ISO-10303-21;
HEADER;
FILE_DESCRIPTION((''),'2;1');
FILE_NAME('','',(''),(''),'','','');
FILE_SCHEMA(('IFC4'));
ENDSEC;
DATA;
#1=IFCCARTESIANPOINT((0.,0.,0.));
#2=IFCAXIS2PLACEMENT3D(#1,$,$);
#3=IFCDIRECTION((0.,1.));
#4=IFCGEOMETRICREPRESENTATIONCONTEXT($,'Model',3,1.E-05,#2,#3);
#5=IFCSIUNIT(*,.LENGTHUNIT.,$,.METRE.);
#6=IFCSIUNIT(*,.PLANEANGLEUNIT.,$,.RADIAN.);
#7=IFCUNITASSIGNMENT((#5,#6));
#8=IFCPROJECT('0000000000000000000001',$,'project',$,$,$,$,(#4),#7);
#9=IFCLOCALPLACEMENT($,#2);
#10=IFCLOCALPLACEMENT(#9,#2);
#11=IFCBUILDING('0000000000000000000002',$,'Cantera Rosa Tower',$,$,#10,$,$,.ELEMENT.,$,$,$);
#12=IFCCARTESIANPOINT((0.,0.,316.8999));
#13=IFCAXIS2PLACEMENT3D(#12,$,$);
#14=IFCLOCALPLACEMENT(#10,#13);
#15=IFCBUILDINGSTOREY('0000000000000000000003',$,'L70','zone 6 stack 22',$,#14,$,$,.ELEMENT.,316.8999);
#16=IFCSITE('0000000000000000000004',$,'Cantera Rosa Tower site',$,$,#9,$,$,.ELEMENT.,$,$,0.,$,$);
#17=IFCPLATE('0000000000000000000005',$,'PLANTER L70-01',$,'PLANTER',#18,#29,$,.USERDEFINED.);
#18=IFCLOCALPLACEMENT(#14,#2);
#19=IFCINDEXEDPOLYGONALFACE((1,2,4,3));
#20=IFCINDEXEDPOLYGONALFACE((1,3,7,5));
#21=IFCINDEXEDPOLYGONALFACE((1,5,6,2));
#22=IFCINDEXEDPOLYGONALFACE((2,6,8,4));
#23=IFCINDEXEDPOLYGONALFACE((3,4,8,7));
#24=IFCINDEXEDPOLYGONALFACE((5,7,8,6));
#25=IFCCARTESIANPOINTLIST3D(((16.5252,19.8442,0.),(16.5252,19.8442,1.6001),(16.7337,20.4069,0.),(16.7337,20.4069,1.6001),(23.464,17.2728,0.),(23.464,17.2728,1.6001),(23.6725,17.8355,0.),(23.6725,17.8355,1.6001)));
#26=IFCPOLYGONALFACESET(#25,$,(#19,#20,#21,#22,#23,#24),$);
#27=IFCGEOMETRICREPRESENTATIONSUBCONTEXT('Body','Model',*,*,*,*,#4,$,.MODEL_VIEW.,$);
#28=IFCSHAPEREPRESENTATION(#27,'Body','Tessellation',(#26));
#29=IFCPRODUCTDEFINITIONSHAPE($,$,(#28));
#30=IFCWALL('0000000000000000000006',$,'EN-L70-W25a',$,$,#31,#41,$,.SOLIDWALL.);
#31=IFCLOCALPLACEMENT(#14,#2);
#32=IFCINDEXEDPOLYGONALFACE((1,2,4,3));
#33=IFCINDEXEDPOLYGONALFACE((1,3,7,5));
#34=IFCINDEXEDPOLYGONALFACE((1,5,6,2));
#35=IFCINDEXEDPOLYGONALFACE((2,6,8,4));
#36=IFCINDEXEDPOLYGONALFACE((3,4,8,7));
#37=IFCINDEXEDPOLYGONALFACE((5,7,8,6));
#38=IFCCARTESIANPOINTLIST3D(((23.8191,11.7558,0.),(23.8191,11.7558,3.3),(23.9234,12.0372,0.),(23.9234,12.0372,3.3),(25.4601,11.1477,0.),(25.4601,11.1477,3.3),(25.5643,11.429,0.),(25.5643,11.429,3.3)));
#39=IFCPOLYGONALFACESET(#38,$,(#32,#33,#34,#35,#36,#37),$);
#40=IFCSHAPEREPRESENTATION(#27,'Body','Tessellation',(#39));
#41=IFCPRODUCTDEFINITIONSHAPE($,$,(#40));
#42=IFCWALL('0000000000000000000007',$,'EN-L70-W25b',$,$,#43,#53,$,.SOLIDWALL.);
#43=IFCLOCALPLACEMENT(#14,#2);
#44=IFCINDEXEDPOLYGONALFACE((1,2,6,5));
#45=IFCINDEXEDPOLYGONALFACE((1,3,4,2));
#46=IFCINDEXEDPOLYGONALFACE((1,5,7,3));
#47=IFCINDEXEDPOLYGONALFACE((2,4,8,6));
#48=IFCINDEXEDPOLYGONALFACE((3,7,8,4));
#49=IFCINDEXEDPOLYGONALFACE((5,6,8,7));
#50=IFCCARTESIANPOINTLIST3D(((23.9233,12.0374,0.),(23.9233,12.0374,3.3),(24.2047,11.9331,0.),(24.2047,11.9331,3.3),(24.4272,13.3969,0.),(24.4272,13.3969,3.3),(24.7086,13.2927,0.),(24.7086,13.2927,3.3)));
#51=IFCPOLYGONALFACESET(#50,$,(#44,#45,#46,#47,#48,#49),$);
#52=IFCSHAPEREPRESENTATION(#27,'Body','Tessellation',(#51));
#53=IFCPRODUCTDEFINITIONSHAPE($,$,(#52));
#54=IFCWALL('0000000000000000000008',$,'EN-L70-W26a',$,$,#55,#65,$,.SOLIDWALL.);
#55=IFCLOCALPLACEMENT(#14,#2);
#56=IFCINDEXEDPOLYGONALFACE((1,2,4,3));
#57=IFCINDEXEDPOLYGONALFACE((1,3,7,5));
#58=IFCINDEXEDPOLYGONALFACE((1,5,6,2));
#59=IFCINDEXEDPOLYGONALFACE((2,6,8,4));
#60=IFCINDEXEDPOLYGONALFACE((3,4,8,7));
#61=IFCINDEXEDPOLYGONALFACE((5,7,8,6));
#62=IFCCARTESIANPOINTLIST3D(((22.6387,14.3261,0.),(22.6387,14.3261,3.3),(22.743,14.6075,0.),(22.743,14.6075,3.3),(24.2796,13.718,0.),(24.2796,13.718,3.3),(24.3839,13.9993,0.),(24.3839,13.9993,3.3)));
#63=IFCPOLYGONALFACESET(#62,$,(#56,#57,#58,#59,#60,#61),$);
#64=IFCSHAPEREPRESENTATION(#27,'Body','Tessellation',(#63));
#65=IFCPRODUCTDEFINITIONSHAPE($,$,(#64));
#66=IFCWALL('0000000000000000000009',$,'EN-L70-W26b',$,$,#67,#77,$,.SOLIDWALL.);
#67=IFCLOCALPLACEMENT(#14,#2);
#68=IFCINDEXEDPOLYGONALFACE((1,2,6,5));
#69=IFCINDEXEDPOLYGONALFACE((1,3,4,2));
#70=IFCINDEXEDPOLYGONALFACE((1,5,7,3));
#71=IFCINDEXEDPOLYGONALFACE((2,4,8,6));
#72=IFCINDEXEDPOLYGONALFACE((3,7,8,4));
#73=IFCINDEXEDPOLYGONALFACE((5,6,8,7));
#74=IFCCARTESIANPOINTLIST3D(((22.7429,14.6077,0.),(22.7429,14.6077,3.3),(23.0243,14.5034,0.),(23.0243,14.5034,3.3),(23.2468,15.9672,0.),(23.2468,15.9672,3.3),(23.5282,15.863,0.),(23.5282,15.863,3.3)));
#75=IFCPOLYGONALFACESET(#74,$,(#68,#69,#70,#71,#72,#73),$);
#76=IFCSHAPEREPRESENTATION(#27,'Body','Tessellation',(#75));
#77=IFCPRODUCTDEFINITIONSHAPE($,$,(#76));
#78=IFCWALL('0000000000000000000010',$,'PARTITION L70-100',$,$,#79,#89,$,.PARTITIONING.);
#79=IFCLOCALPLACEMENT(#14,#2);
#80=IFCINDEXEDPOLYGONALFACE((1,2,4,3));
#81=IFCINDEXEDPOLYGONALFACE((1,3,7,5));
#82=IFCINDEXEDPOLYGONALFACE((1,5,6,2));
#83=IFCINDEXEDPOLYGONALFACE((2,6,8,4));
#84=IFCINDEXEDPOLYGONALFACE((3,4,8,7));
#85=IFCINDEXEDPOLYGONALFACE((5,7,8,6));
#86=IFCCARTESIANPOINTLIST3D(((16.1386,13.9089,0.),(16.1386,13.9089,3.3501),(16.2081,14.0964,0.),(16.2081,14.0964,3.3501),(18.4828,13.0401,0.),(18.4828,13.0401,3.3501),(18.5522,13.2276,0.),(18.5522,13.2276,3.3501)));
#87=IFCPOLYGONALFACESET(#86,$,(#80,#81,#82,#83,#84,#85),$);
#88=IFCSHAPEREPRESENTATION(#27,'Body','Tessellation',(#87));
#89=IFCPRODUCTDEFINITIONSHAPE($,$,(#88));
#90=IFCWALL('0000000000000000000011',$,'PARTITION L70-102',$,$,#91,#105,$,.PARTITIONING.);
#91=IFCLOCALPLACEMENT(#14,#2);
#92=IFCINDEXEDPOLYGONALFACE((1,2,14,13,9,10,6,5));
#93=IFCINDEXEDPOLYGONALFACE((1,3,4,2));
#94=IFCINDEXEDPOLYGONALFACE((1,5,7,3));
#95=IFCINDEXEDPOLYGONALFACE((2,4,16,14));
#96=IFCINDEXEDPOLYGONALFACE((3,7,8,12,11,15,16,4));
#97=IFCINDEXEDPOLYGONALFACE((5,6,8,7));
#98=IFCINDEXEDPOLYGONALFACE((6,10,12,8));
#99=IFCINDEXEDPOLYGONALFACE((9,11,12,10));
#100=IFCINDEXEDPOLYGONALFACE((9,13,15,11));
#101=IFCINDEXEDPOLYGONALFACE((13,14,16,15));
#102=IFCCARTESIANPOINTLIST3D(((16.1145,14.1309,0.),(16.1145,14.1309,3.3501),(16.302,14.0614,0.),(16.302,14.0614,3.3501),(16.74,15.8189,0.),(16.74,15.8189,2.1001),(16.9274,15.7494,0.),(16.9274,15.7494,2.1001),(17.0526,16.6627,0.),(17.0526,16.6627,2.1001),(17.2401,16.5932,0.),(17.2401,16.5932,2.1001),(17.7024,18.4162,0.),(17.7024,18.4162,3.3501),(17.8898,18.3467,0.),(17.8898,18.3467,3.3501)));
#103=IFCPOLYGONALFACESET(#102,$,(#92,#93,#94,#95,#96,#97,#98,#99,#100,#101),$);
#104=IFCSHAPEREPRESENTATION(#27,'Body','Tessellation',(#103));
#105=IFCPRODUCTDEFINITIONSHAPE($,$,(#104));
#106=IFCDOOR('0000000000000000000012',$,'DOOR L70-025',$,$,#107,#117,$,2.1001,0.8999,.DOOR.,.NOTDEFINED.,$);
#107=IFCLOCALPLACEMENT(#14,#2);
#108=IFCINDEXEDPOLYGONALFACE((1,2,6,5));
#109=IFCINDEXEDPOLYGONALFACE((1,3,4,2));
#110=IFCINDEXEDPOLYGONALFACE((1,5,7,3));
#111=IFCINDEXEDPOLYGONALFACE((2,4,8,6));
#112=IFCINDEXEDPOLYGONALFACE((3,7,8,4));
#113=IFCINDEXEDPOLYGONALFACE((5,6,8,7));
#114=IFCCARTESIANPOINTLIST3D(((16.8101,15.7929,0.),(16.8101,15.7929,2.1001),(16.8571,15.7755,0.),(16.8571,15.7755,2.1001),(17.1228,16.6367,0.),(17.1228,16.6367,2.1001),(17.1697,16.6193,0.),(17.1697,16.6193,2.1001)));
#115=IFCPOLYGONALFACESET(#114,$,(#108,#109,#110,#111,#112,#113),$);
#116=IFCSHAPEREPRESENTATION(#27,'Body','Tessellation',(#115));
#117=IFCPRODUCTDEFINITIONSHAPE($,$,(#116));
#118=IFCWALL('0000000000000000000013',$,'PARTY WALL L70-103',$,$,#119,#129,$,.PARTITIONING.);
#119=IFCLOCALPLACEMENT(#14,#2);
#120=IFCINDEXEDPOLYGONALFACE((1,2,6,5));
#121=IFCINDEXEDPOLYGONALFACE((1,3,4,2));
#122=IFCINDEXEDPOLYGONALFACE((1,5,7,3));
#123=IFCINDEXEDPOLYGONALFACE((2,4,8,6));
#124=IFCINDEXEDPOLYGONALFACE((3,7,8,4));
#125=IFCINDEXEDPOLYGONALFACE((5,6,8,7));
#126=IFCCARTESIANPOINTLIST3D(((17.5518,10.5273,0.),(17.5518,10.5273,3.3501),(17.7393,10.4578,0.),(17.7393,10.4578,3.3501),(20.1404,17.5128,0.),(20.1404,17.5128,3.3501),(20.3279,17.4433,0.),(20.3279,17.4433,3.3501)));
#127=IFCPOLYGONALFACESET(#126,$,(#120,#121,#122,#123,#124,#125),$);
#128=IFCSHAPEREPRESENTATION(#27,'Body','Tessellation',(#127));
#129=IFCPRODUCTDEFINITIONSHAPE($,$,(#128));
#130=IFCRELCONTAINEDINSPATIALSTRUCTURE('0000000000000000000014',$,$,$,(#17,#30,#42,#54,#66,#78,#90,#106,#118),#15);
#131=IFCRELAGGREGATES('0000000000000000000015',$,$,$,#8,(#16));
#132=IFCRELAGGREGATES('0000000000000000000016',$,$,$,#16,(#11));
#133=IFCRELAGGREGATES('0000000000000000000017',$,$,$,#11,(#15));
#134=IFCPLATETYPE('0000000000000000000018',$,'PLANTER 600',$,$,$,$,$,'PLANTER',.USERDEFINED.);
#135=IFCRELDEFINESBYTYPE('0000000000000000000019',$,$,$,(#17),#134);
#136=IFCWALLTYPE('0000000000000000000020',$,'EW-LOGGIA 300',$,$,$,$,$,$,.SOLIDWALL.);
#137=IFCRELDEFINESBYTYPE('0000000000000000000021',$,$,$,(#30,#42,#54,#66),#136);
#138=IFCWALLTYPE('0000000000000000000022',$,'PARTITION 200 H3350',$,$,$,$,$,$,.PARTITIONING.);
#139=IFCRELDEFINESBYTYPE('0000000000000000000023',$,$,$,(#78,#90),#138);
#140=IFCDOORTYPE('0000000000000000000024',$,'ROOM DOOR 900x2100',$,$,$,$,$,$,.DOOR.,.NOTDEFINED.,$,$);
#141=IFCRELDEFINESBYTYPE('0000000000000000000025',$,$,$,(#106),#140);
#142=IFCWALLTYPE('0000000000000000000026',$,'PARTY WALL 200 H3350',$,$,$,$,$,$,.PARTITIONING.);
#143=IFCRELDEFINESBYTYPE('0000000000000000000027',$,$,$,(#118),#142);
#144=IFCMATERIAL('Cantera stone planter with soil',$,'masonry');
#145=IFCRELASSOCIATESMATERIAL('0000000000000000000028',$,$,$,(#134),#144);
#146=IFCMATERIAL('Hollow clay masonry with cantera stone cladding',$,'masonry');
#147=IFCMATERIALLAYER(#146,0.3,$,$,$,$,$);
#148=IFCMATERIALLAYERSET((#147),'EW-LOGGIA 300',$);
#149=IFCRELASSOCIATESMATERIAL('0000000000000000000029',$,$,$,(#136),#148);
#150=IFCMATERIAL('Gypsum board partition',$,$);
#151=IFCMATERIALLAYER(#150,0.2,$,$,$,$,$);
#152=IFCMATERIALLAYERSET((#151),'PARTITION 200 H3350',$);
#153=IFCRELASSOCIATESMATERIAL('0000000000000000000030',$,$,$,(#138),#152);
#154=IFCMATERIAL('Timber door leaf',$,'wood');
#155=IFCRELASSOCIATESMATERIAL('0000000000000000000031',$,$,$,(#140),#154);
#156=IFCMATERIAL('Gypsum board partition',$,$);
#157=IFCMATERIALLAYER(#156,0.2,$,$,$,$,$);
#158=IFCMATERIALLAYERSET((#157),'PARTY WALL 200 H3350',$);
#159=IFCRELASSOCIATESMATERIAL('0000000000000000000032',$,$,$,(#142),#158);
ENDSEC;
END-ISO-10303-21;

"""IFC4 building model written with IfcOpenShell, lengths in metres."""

from ifc_helpers import new_model, si_unit, direction, frame, frame_2d, origin, origin_2d, place, context, subcontext, project, spatial, rectangle, extrude, material, layer, layer_set, type_object, element, fill, save


model = new_model("IFC4")

# Units and contexts
model_context = context("Model", 3, precision=1e-05, world=origin(), true_north=direction((0.0, 1.0)))
body_context = subcontext(model_context, "Body", "Model", "MODEL_VIEW")
ifc_project = project(units=[si_unit("LENGTHUNIT", "METRE"), si_unit("PLANEANGLEUNIT", "RADIAN")], contexts=[model_context])

# Site, building, storey
site_placement = place(None, origin())
site = spatial("IfcSite", under=ifc_project, at=site_placement, Name="Cantera Rosa Tower site", CompositionType="ELEMENT", RefElevation=0.0)
building_placement = place(site_placement, origin())
building = spatial("IfcBuilding", under=site, at=building_placement, Name="Cantera Rosa Tower", CompositionType="ELEMENT")
storey_placement = place(building_placement, frame((0.0, 0.0, 316.8999)))
storey = spatial("IfcBuildingStorey", under=building, at=storey_placement, Name="L70", Description="zone 6 stack 22", CompositionType="ELEMENT", Elevation=316.8999)

# Plate
ifc_material_1 = material(Name="Cantera stone planter with soil", Category="masonry")
plate_type = type_object("IfcPlateType", Name="PLANTER 600", ElementType="PLANTER", PredefinedType="USERDEFINED", material=ifc_material_1)
plate_placement = place(storey_placement, frame((20.0989, 18.8398, 0.0), z_axis=(0.0, 0.0, 1.0), x_axis=(-0.937687, 0.347481, 0.0)))
element("IfcPlate", 1, at=plate_placement, inside=storey, type_object=plate_type, Name="PLANTER L70-01", ObjectType="PLANTER", PredefinedType="USERDEFINED", context=body_context, shape_type="SweptSolid", body=[
    extrude(rectangle(XDim=7.3999, YDim=0.6001, at=origin_2d()), origin(), (0.0, 0.0, 1.0), 1.6001),
])

# Walls
ifc_material_2 = material(Name="Hollow clay masonry with cantera stone cladding", Category="masonry")
ifc_layer_1 = layer(ifc_material_2, 0.3)
ifc_layer_set_1 = layer_set([ifc_layer_1], Name="EW-LOGGIA 300")
wall_type_1 = type_object("IfcWallType", Name="EW-LOGGIA 300", PredefinedType="SOLIDWALL", material=ifc_layer_set_1)
wall_1_placement = place(storey_placement, frame((25.5122, 11.2883, 0.0), z_axis=(0.0, 0.0, 1.0), x_axis=(-0.93767, 0.347528, 0.0)))
element("IfcWall", 2, at=wall_1_placement, inside=storey, type_object=wall_type_1, Name="EN-L70-W25a", PredefinedType="SOLIDWALL", context=body_context, shape_type="SweptSolid", body=[
    extrude(rectangle(XDim=1.75, YDim=0.3, at=frame_2d((0.875, 0.0))), origin(), (0.0, 0.0, 1.0), 3.3),
])
wall_2_placement = place(storey_placement, frame((24.064, 11.9851, 0.0), z_axis=(0.0, 0.0, 1.0), x_axis=(0.347523, 0.937672, 0.0)))
element("IfcWall", 3, at=wall_2_placement, inside=storey, type_object=wall_type_1, Name="EN-L70-W25b", PredefinedType="SOLIDWALL", context=body_context, shape_type="SweptSolid", body=[
    extrude(rectangle(XDim=1.45, YDim=0.3, at=frame_2d((0.7251, 0.0))), origin(), (0.0, 0.0, 1.0), 3.3),
])
wall_3_placement = place(storey_placement, frame((24.3318, 13.8586, 0.0), z_axis=(0.0, 0.0, 1.0), x_axis=(-0.93767, 0.347528, 0.0)))
element("IfcWall", 4, at=wall_3_placement, inside=storey, type_object=wall_type_1, Name="EN-L70-W26a", PredefinedType="SOLIDWALL", context=body_context, shape_type="SweptSolid", body=[
    extrude(rectangle(XDim=1.75, YDim=0.3, at=frame_2d((0.875, 0.0))), origin(), (0.0, 0.0, 1.0), 3.3),
])
wall_4_placement = place(storey_placement, frame((22.8835, 14.5554, 0.0), z_axis=(0.0, 0.0, 1.0), x_axis=(0.347523, 0.937672, 0.0)))
element("IfcWall", 5, at=wall_4_placement, inside=storey, type_object=wall_type_1, Name="EN-L70-W26b", PredefinedType="SOLIDWALL", context=body_context, shape_type="SweptSolid", body=[
    extrude(rectangle(XDim=1.45, YDim=0.3, at=frame_2d((0.7251, 0.0))), origin(), (0.0, 0.0, 1.0), 3.3),
])

# Wall
ifc_material_3 = material(Name="Gypsum board partition")
ifc_layer_2 = layer(ifc_material_3, 0.2)
ifc_layer_set_2 = layer_set([ifc_layer_2], Name="PARTITION 200 H3350")
wall_type_2 = type_object("IfcWallType", Name="PARTITION 200 H3350", PredefinedType="PARTITIONING", material=ifc_layer_set_2)
wall_5_placement = place(storey_placement, frame((16.1733, 14.0027, 0.0), z_axis=(0.0, 0.0, 1.0), x_axis=(0.937663, -0.347547, 0.0)))
element("IfcWall", 6, at=wall_5_placement, inside=storey, type_object=wall_type_2, Name="PARTITION L70-100", PredefinedType="PARTITIONING", context=body_context, shape_type="SweptSolid", body=[
    extrude(rectangle(XDim=2.5, YDim=0.2, at=frame_2d((1.25, 0.0))), origin(), (0.0, 0.0, 1.0), 3.3501),
])

# Wall, opening, door
wall_6_placement = place(storey_placement, frame((17.7961, 18.3816, 0.0), z_axis=(0.0, 0.0, 1.0), x_axis=(-0.34745, -0.937698, 0.0)))
wall_6 = element("IfcWall", 7, at=wall_6_placement, inside=storey, type_object=wall_type_2, Name="PARTITION L70-102", PredefinedType="PARTITIONING", context=body_context, shape_type="SweptSolid", body=[
    extrude(rectangle(XDim=4.5701, YDim=0.2, at=frame_2d((2.2852, 0.0))), origin(), (0.0, 0.0, 1.0), 3.3501),
])
opening_1_placement = place(wall_6_placement, frame((1.8701, 0.0, 0.0)))
opening_1 = element("IfcOpeningElement", 8, at=opening_1_placement, cuts=wall_6, PredefinedType="OPENING", context=body_context, shape_type="SweptSolid", body=[
    extrude(rectangle(XDim=0.8999, YDim=2.1001, at=frame_2d((0.45, 1.05))), frame((0.0, 0.1099, 0.0), z_axis=(0.0, -1.0, 0.0), x_axis=(1.0, 0.0, 0.0)), (0.0, 0.0, 1.0), 0.22),
])
ifc_material_4 = material(Name="Timber door leaf", Category="wood")
door_type_1 = type_object("IfcDoorType", Name="ROOM DOOR 900x2100", OperationType="NOTDEFINED", PredefinedType="DOOR", material=ifc_material_4)
door_1_placement = place(opening_1_placement, origin())
door_1 = element("IfcDoor", 9, at=door_1_placement, inside=storey, type_object=door_type_1, Name="DOOR L70-025", OperationType="NOTDEFINED", OverallHeight=2.1001, OverallWidth=0.8999, PredefinedType="DOOR", context=body_context, shape_type="SweptSolid", body=[
    extrude(rectangle(XDim=0.8999, YDim=2.1001, at=frame_2d((0.45, 1.05))), frame((0.0, 0.0249, 0.0), z_axis=(0.0, -1.0, 0.0), x_axis=(1.0, 0.0, 0.0)), (0.0, 0.0, 1.0), 0.05),
])
fill(opening_1, door_1)

# Wall
ifc_material_5 = material(Name="Gypsum board partition")
ifc_layer_3 = layer(ifc_material_5, 0.2)
ifc_layer_set_3 = layer_set([ifc_layer_3], Name="PARTY WALL 200 H3350")
wall_type_3 = type_object("IfcWallType", Name="PARTY WALL 200 H3350", PredefinedType="PARTITIONING", material=ifc_layer_set_3)
wall_7_placement = place(storey_placement, frame((20.2341, 17.478, 0.0), z_axis=(0.0, 0.0, 1.0), x_axis=(-0.347476, -0.937689, 0.0)))
element("IfcWall", 10, at=wall_7_placement, inside=storey, type_object=wall_type_3, Name="PARTY WALL L70-103", PredefinedType="PARTITIONING", context=body_context, shape_type="SweptSolid", body=[
    extrude(rectangle(XDim=7.4497, YDim=0.2, at=frame_2d((3.7249, 0.0))), origin(), (0.0, 0.0, 1.0), 3.3501),
])

save(model, "model.ifc")
